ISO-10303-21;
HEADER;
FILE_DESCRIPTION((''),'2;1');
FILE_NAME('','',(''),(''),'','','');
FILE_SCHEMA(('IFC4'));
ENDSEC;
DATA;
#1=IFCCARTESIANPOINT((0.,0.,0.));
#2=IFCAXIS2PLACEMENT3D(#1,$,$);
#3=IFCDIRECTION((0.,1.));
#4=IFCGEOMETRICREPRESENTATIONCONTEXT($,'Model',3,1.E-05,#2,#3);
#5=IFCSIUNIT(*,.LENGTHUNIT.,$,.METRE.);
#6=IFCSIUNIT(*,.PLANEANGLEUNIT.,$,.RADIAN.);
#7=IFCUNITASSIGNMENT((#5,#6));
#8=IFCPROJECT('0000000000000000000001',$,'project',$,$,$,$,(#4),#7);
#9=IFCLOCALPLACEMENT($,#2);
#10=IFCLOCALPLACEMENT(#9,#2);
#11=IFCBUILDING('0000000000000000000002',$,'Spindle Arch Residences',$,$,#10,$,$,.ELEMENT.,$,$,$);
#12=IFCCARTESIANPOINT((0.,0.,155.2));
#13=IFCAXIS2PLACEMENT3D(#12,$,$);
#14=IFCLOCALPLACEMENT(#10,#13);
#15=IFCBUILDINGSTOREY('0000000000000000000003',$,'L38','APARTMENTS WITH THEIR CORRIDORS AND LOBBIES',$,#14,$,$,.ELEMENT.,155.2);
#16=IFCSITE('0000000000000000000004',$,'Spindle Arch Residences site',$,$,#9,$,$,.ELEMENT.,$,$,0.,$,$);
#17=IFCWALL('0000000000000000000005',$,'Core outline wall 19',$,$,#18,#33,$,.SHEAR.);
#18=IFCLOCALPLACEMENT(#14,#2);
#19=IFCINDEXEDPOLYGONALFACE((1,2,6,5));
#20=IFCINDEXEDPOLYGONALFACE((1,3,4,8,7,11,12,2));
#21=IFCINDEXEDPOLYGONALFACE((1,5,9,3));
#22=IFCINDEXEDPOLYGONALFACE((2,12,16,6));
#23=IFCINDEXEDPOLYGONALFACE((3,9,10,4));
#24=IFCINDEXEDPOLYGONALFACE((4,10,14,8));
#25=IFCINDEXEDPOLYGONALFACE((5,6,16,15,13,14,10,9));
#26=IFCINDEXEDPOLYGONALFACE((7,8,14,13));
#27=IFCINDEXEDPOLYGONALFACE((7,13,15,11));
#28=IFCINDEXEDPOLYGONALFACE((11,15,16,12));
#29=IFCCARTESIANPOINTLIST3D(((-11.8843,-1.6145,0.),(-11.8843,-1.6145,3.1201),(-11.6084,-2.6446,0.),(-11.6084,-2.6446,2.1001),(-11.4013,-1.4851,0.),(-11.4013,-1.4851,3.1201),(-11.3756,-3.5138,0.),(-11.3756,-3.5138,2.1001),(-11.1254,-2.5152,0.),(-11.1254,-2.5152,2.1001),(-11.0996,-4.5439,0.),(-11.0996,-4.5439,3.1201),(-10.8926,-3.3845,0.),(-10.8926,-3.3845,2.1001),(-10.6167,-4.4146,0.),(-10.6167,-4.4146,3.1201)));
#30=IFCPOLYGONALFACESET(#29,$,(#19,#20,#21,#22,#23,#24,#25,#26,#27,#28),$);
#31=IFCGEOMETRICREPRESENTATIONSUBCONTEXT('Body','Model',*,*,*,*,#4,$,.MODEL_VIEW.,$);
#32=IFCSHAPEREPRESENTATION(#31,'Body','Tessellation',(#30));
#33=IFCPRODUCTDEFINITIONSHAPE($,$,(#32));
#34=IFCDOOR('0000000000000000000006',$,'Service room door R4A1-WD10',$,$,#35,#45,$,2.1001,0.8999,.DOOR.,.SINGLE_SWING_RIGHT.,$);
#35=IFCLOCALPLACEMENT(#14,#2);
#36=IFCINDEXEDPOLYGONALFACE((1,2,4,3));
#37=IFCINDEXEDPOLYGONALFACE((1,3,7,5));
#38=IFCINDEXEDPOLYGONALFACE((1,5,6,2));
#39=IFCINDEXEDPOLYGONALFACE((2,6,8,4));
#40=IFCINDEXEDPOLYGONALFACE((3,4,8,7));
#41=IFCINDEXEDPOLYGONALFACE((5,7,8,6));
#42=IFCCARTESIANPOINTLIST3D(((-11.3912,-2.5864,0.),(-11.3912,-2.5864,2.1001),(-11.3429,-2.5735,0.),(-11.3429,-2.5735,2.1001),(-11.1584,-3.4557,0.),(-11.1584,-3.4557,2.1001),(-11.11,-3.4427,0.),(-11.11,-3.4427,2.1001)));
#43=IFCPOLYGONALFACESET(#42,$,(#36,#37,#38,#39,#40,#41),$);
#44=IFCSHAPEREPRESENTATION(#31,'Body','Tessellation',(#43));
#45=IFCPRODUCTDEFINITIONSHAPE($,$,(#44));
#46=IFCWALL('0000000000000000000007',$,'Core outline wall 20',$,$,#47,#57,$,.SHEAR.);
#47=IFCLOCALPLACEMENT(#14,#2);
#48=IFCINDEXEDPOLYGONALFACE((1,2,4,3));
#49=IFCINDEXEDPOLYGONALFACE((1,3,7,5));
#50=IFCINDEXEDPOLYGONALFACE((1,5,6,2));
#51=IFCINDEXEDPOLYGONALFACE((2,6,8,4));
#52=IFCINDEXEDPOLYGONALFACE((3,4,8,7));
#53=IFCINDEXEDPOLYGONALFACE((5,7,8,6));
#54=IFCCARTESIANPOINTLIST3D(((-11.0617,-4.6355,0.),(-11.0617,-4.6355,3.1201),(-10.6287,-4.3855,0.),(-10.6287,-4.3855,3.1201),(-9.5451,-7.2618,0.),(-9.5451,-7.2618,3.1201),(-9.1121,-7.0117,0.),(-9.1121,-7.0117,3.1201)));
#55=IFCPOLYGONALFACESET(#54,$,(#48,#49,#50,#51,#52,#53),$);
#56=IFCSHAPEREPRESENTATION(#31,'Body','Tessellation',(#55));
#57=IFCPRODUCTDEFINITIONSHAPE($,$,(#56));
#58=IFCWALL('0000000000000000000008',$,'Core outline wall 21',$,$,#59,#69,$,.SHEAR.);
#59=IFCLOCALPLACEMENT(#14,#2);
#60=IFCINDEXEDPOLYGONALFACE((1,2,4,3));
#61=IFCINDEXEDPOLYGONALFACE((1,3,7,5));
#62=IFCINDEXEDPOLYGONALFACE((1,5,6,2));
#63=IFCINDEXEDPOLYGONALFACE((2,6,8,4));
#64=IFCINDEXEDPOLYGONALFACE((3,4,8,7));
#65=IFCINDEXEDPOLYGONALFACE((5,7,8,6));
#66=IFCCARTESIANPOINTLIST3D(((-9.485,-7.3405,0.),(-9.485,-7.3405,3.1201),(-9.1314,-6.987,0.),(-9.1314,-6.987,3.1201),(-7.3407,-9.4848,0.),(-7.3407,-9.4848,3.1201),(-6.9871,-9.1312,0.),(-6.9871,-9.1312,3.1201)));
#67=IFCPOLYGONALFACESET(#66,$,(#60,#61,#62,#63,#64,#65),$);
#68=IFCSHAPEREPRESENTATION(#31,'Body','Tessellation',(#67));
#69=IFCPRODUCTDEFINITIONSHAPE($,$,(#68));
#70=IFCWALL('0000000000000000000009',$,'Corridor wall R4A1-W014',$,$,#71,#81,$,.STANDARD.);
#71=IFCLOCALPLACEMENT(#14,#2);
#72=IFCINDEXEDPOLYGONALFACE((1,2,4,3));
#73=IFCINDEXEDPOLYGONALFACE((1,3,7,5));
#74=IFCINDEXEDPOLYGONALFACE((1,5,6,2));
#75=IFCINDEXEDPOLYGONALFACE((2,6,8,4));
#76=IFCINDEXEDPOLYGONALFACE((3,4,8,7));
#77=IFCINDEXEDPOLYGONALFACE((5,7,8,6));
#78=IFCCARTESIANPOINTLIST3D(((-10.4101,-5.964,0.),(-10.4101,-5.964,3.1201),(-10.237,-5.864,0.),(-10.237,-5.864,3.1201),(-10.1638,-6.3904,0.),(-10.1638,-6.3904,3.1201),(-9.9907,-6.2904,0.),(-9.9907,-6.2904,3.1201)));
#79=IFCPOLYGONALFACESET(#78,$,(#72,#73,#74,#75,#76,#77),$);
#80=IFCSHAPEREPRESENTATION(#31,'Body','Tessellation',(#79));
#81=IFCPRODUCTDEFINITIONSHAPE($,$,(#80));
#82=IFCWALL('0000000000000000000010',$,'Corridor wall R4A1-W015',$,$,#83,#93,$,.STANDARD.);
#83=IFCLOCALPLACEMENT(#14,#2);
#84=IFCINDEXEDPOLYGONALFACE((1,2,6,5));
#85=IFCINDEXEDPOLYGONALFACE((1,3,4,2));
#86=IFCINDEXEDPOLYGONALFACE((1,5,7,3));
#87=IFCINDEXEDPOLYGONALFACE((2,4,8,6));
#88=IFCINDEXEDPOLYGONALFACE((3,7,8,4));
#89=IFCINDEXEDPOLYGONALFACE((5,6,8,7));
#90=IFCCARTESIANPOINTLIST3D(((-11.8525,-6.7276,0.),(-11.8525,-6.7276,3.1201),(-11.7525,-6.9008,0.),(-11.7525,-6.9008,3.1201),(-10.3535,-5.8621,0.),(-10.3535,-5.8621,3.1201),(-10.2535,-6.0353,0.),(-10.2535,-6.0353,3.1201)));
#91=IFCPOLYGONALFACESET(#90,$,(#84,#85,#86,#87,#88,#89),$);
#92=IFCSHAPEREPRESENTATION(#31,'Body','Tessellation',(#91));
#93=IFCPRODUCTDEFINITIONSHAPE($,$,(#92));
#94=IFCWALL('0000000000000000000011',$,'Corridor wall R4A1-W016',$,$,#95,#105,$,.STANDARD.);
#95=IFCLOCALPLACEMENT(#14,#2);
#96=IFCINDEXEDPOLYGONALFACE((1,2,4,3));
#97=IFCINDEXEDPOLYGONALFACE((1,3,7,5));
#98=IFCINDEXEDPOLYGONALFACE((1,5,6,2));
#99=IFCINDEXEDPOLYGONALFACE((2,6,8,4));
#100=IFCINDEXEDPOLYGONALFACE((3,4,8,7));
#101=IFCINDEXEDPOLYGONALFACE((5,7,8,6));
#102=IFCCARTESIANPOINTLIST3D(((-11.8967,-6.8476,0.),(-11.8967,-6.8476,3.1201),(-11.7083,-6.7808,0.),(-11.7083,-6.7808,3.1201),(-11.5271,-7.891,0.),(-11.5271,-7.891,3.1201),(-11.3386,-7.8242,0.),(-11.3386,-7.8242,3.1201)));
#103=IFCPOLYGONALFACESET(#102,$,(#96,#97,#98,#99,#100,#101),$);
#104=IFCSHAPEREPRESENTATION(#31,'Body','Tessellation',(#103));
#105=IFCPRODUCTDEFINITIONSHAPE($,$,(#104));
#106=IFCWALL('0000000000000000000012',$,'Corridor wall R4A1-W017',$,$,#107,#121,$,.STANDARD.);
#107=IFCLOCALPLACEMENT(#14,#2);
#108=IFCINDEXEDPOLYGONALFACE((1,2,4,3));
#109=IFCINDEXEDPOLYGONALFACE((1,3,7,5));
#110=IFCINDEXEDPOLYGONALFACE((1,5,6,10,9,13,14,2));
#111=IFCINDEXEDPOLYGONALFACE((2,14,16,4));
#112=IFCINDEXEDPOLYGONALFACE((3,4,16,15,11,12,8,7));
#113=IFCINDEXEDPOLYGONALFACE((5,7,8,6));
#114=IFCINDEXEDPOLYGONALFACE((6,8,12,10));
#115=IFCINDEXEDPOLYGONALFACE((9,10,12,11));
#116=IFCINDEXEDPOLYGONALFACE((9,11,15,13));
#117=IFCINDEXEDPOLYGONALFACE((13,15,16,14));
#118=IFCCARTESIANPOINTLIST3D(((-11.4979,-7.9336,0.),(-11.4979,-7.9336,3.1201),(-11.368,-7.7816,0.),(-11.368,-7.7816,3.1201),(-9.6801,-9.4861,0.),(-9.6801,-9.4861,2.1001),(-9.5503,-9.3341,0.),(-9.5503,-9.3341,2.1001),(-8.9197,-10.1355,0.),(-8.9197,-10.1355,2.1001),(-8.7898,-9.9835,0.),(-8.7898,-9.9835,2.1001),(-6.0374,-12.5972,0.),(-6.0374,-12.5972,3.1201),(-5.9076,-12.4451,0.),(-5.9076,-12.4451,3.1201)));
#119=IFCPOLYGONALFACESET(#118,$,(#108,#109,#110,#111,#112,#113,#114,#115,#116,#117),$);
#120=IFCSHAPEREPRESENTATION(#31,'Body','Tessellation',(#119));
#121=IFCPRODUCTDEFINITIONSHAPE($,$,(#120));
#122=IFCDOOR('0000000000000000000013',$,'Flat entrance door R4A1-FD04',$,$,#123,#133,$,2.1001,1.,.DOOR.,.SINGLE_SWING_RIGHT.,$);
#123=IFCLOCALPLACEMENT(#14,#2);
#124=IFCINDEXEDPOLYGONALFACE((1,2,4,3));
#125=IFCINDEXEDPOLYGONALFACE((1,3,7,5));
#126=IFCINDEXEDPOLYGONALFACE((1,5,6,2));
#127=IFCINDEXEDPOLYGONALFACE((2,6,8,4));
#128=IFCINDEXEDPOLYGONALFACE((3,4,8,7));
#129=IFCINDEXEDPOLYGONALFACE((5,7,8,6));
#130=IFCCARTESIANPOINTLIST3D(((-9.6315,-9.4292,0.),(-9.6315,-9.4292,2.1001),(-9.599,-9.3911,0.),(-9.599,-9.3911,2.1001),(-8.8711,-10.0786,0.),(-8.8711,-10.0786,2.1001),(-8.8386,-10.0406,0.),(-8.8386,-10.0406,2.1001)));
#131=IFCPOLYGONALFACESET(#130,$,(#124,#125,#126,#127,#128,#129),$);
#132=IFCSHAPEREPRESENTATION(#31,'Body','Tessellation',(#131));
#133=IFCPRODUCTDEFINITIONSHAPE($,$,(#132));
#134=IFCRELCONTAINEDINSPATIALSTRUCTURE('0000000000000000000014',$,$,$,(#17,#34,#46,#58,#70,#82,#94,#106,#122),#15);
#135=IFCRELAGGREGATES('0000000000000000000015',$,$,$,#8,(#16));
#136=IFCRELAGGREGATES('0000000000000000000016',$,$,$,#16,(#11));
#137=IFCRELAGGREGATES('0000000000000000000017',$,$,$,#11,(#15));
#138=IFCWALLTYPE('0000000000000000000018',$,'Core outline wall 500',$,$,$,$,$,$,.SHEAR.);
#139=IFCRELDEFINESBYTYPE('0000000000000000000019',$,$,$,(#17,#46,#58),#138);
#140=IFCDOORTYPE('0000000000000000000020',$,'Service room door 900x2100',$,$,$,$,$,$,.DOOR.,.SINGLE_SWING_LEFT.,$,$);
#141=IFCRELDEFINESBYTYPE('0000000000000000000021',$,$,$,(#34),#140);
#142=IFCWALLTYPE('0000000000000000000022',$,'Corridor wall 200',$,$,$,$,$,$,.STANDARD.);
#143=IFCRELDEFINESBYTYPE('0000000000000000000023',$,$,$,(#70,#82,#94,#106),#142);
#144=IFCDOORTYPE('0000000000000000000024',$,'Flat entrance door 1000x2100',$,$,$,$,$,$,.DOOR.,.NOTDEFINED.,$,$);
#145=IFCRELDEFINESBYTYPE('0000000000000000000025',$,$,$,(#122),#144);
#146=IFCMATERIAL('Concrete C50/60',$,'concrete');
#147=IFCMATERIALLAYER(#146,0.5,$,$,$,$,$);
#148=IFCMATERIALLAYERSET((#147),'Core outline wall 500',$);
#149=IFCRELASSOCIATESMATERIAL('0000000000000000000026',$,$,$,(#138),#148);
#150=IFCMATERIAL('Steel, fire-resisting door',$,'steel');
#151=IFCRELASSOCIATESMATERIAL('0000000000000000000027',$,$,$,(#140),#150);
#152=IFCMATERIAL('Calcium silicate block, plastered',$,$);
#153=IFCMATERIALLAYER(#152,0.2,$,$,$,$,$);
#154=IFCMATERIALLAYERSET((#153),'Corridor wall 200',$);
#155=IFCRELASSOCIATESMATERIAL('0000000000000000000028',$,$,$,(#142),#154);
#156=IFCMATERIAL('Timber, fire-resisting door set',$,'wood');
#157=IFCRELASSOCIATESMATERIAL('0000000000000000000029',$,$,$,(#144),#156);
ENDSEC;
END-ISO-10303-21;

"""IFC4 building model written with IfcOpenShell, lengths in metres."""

from ifc_helpers import new_model, si_unit, direction, frame, frame_2d, origin, place, context, subcontext, project, spatial, rectangle, extrude, material, layer, layer_set, type_object, element, fill, save


model = new_model("IFC4")

# Units and contexts
model_context = context("Model", 3, precision=1e-05, world=origin(), true_north=direction((0.0, 1.0)))
body_context = subcontext(model_context, "Body", "Model", "MODEL_VIEW")
ifc_project = project(units=[si_unit("LENGTHUNIT", "METRE"), si_unit("PLANEANGLEUNIT", "RADIAN")], contexts=[model_context])

# Site, building, storey
site_placement = place(None, origin())
site = spatial("IfcSite", under=ifc_project, at=site_placement, Name="Spindle Arch Residences site", CompositionType="ELEMENT", RefElevation=0.0)
building_placement = place(site_placement, origin())
building = spatial("IfcBuilding", under=site, at=building_placement, Name="Spindle Arch Residences", CompositionType="ELEMENT")
storey_placement = place(building_placement, frame((0.0, 0.0, 155.2)))
storey = spatial("IfcBuildingStorey", under=building, at=storey_placement, Name="L38", Description="APARTMENTS WITH THEIR CORRIDORS AND LOBBIES", CompositionType="ELEMENT", Elevation=155.2)

# Wall, opening, door
ifc_material_1 = material(Name="Concrete C50/60", Category="concrete")
ifc_layer_1 = layer(ifc_material_1, 0.5)
ifc_layer_set_1 = layer_set([ifc_layer_1], Name="Core outline wall 500")
wall_type_1 = type_object("IfcWallType", Name="Core outline wall 500", PredefinedType="SHEAR", material=ifc_layer_set_1)
wall_1_placement = place(storey_placement, frame((-11.6428, -1.5498, 0.0), z_axis=(0.0, 0.0, 1.0), x_axis=(0.258735, -0.965948, 0.0)))
wall_1 = element("IfcWall", 1, at=wall_1_placement, inside=storey, type_object=wall_type_1, Name="Core outline wall 19", PredefinedType="SHEAR", context=body_context, shape_type="SweptSolid", body=[
    extrude(rectangle(XDim=3.0327, YDim=0.5, at=frame_2d((1.5164, 0.0))), origin(), (0.0, 0.0, 1.0), 3.1201),
])
opening_1_placement = place(wall_1_placement, frame((1.0664, 0.0, 0.0)))
opening_1 = element("IfcOpeningElement", 2, at=opening_1_placement, cuts=wall_1, PredefinedType="OPENING", context=body_context, shape_type="SweptSolid", body=[
    extrude(rectangle(XDim=0.8999, YDim=2.1001, at=frame_2d((0.45, 1.05))), frame((0.0, 0.26, 0.0), z_axis=(0.0, -1.0, 0.0), x_axis=(1.0, 0.0, 0.0)), (0.0, 0.0, 1.0), 0.52),
])
ifc_material_2 = material(Name="Steel, fire-resisting door", Category="steel")
door_type_1 = type_object("IfcDoorType", Name="Service room door 900x2100", OperationType="SINGLE_SWING_LEFT", PredefinedType="DOOR", material=ifc_material_2)
door_1_placement = place(opening_1_placement, origin())
door_1 = element("IfcDoor", 3, at=door_1_placement, inside=storey, type_object=door_type_1, Name="Service room door R4A1-WD10", OperationType="SINGLE_SWING_RIGHT", OverallHeight=2.1001, OverallWidth=0.8999, PredefinedType="DOOR", context=body_context, shape_type="SweptSolid", body=[
    extrude(rectangle(XDim=0.8999, YDim=2.1001, at=frame_2d((0.45, 1.05))), frame((0.0, 0.0249, 0.0), z_axis=(0.0, -1.0, 0.0), x_axis=(1.0, 0.0, 0.0)), (0.0, 0.0, 1.0), 0.05),
])
fill(opening_1, door_1)

# Walls
wall_2_placement = place(storey_placement, frame((-10.8452, -4.5105, 0.0), z_axis=(0.0, 0.0, 1.0), x_axis=(0.500087, -0.865975, 0.0)))
element("IfcWall", 4, at=wall_2_placement, inside=storey, type_object=wall_type_1, Name="Core outline wall 20", PredefinedType="SHEAR", context=body_context, shape_type="SweptSolid", body=[
    extrude(rectangle(XDim=3.0327, YDim=0.5, at=frame_2d((1.5164, 0.0))), origin(), (0.0, 0.0, 1.0), 3.1201),
])
wall_3_placement = place(storey_placement, frame((-9.3081, -7.1638, 0.0), z_axis=(0.0, 0.0, 1.0), x_axis=(0.707107, -0.707107, 0.0)))
element("IfcWall", 5, at=wall_3_placement, inside=storey, type_object=wall_type_1, Name="Core outline wall 21", PredefinedType="SHEAR", context=body_context, shape_type="SweptSolid", body=[
    extrude(rectangle(XDim=3.0325, YDim=0.5, at=frame_2d((1.5161, 0.0))), origin(), (0.0, 0.0, 1.0), 3.1201),
])
ifc_material_3 = material(Name="Calcium silicate block, plastered")
ifc_layer_2 = layer(ifc_material_3, 0.2)
ifc_layer_set_2 = layer_set([ifc_layer_2], Name="Corridor wall 200")
wall_type_2 = type_object("IfcWallType", Name="Corridor wall 200", PredefinedType="STANDARD", material=ifc_layer_set_2)
wall_4_placement = place(storey_placement, frame((-10.3235, -5.9141, 0.0), z_axis=(0.0, 0.0, 1.0), x_axis=(0.500137, -0.865946, 0.0)))
element("IfcWall", 6, at=wall_4_placement, inside=storey, type_object=wall_type_2, Name="Corridor wall R4A1-W014", PredefinedType="STANDARD", context=body_context, shape_type="SweptSolid", body=[
    extrude(rectangle(XDim=0.4924, YDim=0.2, at=frame_2d((0.2461, 0.0))), origin(), (0.0, 0.0, 1.0), 3.1201),
])
wall_5_placement = place(storey_placement, frame((-10.3035, -5.9487, 0.0), z_axis=(0.0, 0.0, 1.0), x_axis=(-0.866021, -0.500007, 0.0)))
element("IfcWall", 7, at=wall_5_placement, inside=storey, type_object=wall_type_2, Name="Corridor wall R4A1-W015", PredefinedType="STANDARD", context=body_context, shape_type="SweptSolid", body=[
    extrude(rectangle(XDim=1.731, YDim=0.2, at=frame_2d((0.8655, 0.0))), origin(), (0.0, 0.0, 1.0), 3.1201),
])
wall_6_placement = place(storey_placement, frame((-11.8025, -6.8142, 0.0), z_axis=(0.0, 0.0, 1.0), x_axis=(0.333904, -0.942607, 0.0)))
element("IfcWall", 8, at=wall_6_placement, inside=storey, type_object=wall_type_2, Name="Corridor wall R4A1-W016", PredefinedType="STANDARD", context=body_context, shape_type="SweptSolid", body=[
    extrude(rectangle(XDim=1.1069, YDim=0.2, at=frame_2d((0.5535, 0.0))), origin(), (0.0, 0.0, 1.0), 3.1201),
])

# Wall, opening, door
wall_7_placement = place(storey_placement, frame((-11.4329, -7.8577, 0.0), z_axis=(0.0, 0.0, 1.0), x_axis=(0.760412, -0.649441, 0.0)))
wall_7 = element("IfcWall", 9, at=wall_7_placement, inside=storey, type_object=wall_type_2, Name="Corridor wall R4A1-W017", PredefinedType="STANDARD", context=body_context, shape_type="SweptSolid", body=[
    extrude(rectangle(XDim=7.1809, YDim=0.2, at=frame_2d((3.5903, 0.0))), origin(), (0.0, 0.0, 1.0), 3.1201),
])
opening_2_placement = place(wall_7_placement, frame((2.3904, 0.0, 0.0)))
opening_2 = element("IfcOpeningElement", 10, at=opening_2_placement, cuts=wall_7, PredefinedType="OPENING", context=body_context, shape_type="SweptSolid", body=[
    extrude(rectangle(XDim=1.0, YDim=2.1001, at=frame_2d((0.5, 1.05))), frame((0.0, 0.1099, 0.0), z_axis=(0.0, -1.0, 0.0), x_axis=(1.0, 0.0, 0.0)), (0.0, 0.0, 1.0), 0.22),
])
ifc_material_4 = material(Name="Timber, fire-resisting door set", Category="wood")
door_type_2 = type_object("IfcDoorType", Name="Flat entrance door 1000x2100", OperationType="NOTDEFINED", PredefinedType="DOOR", material=ifc_material_4)
door_2_placement = place(opening_2_placement, origin())
door_2 = element("IfcDoor", 11, at=door_2_placement, inside=storey, type_object=door_type_2, Name="Flat entrance door R4A1-FD04", OperationType="SINGLE_SWING_RIGHT", OverallHeight=2.1001, OverallWidth=1.0, PredefinedType="DOOR", context=body_context, shape_type="SweptSolid", body=[
    extrude(rectangle(XDim=1.0, YDim=2.1001, at=frame_2d((0.5, 1.05))), frame((0.0, 0.0249, 0.0), z_axis=(0.0, -1.0, 0.0), x_axis=(1.0, 0.0, 0.0)), (0.0, 0.0, 1.0), 0.05),
])
fill(opening_2, door_2)

save(model, "model.ifc")
